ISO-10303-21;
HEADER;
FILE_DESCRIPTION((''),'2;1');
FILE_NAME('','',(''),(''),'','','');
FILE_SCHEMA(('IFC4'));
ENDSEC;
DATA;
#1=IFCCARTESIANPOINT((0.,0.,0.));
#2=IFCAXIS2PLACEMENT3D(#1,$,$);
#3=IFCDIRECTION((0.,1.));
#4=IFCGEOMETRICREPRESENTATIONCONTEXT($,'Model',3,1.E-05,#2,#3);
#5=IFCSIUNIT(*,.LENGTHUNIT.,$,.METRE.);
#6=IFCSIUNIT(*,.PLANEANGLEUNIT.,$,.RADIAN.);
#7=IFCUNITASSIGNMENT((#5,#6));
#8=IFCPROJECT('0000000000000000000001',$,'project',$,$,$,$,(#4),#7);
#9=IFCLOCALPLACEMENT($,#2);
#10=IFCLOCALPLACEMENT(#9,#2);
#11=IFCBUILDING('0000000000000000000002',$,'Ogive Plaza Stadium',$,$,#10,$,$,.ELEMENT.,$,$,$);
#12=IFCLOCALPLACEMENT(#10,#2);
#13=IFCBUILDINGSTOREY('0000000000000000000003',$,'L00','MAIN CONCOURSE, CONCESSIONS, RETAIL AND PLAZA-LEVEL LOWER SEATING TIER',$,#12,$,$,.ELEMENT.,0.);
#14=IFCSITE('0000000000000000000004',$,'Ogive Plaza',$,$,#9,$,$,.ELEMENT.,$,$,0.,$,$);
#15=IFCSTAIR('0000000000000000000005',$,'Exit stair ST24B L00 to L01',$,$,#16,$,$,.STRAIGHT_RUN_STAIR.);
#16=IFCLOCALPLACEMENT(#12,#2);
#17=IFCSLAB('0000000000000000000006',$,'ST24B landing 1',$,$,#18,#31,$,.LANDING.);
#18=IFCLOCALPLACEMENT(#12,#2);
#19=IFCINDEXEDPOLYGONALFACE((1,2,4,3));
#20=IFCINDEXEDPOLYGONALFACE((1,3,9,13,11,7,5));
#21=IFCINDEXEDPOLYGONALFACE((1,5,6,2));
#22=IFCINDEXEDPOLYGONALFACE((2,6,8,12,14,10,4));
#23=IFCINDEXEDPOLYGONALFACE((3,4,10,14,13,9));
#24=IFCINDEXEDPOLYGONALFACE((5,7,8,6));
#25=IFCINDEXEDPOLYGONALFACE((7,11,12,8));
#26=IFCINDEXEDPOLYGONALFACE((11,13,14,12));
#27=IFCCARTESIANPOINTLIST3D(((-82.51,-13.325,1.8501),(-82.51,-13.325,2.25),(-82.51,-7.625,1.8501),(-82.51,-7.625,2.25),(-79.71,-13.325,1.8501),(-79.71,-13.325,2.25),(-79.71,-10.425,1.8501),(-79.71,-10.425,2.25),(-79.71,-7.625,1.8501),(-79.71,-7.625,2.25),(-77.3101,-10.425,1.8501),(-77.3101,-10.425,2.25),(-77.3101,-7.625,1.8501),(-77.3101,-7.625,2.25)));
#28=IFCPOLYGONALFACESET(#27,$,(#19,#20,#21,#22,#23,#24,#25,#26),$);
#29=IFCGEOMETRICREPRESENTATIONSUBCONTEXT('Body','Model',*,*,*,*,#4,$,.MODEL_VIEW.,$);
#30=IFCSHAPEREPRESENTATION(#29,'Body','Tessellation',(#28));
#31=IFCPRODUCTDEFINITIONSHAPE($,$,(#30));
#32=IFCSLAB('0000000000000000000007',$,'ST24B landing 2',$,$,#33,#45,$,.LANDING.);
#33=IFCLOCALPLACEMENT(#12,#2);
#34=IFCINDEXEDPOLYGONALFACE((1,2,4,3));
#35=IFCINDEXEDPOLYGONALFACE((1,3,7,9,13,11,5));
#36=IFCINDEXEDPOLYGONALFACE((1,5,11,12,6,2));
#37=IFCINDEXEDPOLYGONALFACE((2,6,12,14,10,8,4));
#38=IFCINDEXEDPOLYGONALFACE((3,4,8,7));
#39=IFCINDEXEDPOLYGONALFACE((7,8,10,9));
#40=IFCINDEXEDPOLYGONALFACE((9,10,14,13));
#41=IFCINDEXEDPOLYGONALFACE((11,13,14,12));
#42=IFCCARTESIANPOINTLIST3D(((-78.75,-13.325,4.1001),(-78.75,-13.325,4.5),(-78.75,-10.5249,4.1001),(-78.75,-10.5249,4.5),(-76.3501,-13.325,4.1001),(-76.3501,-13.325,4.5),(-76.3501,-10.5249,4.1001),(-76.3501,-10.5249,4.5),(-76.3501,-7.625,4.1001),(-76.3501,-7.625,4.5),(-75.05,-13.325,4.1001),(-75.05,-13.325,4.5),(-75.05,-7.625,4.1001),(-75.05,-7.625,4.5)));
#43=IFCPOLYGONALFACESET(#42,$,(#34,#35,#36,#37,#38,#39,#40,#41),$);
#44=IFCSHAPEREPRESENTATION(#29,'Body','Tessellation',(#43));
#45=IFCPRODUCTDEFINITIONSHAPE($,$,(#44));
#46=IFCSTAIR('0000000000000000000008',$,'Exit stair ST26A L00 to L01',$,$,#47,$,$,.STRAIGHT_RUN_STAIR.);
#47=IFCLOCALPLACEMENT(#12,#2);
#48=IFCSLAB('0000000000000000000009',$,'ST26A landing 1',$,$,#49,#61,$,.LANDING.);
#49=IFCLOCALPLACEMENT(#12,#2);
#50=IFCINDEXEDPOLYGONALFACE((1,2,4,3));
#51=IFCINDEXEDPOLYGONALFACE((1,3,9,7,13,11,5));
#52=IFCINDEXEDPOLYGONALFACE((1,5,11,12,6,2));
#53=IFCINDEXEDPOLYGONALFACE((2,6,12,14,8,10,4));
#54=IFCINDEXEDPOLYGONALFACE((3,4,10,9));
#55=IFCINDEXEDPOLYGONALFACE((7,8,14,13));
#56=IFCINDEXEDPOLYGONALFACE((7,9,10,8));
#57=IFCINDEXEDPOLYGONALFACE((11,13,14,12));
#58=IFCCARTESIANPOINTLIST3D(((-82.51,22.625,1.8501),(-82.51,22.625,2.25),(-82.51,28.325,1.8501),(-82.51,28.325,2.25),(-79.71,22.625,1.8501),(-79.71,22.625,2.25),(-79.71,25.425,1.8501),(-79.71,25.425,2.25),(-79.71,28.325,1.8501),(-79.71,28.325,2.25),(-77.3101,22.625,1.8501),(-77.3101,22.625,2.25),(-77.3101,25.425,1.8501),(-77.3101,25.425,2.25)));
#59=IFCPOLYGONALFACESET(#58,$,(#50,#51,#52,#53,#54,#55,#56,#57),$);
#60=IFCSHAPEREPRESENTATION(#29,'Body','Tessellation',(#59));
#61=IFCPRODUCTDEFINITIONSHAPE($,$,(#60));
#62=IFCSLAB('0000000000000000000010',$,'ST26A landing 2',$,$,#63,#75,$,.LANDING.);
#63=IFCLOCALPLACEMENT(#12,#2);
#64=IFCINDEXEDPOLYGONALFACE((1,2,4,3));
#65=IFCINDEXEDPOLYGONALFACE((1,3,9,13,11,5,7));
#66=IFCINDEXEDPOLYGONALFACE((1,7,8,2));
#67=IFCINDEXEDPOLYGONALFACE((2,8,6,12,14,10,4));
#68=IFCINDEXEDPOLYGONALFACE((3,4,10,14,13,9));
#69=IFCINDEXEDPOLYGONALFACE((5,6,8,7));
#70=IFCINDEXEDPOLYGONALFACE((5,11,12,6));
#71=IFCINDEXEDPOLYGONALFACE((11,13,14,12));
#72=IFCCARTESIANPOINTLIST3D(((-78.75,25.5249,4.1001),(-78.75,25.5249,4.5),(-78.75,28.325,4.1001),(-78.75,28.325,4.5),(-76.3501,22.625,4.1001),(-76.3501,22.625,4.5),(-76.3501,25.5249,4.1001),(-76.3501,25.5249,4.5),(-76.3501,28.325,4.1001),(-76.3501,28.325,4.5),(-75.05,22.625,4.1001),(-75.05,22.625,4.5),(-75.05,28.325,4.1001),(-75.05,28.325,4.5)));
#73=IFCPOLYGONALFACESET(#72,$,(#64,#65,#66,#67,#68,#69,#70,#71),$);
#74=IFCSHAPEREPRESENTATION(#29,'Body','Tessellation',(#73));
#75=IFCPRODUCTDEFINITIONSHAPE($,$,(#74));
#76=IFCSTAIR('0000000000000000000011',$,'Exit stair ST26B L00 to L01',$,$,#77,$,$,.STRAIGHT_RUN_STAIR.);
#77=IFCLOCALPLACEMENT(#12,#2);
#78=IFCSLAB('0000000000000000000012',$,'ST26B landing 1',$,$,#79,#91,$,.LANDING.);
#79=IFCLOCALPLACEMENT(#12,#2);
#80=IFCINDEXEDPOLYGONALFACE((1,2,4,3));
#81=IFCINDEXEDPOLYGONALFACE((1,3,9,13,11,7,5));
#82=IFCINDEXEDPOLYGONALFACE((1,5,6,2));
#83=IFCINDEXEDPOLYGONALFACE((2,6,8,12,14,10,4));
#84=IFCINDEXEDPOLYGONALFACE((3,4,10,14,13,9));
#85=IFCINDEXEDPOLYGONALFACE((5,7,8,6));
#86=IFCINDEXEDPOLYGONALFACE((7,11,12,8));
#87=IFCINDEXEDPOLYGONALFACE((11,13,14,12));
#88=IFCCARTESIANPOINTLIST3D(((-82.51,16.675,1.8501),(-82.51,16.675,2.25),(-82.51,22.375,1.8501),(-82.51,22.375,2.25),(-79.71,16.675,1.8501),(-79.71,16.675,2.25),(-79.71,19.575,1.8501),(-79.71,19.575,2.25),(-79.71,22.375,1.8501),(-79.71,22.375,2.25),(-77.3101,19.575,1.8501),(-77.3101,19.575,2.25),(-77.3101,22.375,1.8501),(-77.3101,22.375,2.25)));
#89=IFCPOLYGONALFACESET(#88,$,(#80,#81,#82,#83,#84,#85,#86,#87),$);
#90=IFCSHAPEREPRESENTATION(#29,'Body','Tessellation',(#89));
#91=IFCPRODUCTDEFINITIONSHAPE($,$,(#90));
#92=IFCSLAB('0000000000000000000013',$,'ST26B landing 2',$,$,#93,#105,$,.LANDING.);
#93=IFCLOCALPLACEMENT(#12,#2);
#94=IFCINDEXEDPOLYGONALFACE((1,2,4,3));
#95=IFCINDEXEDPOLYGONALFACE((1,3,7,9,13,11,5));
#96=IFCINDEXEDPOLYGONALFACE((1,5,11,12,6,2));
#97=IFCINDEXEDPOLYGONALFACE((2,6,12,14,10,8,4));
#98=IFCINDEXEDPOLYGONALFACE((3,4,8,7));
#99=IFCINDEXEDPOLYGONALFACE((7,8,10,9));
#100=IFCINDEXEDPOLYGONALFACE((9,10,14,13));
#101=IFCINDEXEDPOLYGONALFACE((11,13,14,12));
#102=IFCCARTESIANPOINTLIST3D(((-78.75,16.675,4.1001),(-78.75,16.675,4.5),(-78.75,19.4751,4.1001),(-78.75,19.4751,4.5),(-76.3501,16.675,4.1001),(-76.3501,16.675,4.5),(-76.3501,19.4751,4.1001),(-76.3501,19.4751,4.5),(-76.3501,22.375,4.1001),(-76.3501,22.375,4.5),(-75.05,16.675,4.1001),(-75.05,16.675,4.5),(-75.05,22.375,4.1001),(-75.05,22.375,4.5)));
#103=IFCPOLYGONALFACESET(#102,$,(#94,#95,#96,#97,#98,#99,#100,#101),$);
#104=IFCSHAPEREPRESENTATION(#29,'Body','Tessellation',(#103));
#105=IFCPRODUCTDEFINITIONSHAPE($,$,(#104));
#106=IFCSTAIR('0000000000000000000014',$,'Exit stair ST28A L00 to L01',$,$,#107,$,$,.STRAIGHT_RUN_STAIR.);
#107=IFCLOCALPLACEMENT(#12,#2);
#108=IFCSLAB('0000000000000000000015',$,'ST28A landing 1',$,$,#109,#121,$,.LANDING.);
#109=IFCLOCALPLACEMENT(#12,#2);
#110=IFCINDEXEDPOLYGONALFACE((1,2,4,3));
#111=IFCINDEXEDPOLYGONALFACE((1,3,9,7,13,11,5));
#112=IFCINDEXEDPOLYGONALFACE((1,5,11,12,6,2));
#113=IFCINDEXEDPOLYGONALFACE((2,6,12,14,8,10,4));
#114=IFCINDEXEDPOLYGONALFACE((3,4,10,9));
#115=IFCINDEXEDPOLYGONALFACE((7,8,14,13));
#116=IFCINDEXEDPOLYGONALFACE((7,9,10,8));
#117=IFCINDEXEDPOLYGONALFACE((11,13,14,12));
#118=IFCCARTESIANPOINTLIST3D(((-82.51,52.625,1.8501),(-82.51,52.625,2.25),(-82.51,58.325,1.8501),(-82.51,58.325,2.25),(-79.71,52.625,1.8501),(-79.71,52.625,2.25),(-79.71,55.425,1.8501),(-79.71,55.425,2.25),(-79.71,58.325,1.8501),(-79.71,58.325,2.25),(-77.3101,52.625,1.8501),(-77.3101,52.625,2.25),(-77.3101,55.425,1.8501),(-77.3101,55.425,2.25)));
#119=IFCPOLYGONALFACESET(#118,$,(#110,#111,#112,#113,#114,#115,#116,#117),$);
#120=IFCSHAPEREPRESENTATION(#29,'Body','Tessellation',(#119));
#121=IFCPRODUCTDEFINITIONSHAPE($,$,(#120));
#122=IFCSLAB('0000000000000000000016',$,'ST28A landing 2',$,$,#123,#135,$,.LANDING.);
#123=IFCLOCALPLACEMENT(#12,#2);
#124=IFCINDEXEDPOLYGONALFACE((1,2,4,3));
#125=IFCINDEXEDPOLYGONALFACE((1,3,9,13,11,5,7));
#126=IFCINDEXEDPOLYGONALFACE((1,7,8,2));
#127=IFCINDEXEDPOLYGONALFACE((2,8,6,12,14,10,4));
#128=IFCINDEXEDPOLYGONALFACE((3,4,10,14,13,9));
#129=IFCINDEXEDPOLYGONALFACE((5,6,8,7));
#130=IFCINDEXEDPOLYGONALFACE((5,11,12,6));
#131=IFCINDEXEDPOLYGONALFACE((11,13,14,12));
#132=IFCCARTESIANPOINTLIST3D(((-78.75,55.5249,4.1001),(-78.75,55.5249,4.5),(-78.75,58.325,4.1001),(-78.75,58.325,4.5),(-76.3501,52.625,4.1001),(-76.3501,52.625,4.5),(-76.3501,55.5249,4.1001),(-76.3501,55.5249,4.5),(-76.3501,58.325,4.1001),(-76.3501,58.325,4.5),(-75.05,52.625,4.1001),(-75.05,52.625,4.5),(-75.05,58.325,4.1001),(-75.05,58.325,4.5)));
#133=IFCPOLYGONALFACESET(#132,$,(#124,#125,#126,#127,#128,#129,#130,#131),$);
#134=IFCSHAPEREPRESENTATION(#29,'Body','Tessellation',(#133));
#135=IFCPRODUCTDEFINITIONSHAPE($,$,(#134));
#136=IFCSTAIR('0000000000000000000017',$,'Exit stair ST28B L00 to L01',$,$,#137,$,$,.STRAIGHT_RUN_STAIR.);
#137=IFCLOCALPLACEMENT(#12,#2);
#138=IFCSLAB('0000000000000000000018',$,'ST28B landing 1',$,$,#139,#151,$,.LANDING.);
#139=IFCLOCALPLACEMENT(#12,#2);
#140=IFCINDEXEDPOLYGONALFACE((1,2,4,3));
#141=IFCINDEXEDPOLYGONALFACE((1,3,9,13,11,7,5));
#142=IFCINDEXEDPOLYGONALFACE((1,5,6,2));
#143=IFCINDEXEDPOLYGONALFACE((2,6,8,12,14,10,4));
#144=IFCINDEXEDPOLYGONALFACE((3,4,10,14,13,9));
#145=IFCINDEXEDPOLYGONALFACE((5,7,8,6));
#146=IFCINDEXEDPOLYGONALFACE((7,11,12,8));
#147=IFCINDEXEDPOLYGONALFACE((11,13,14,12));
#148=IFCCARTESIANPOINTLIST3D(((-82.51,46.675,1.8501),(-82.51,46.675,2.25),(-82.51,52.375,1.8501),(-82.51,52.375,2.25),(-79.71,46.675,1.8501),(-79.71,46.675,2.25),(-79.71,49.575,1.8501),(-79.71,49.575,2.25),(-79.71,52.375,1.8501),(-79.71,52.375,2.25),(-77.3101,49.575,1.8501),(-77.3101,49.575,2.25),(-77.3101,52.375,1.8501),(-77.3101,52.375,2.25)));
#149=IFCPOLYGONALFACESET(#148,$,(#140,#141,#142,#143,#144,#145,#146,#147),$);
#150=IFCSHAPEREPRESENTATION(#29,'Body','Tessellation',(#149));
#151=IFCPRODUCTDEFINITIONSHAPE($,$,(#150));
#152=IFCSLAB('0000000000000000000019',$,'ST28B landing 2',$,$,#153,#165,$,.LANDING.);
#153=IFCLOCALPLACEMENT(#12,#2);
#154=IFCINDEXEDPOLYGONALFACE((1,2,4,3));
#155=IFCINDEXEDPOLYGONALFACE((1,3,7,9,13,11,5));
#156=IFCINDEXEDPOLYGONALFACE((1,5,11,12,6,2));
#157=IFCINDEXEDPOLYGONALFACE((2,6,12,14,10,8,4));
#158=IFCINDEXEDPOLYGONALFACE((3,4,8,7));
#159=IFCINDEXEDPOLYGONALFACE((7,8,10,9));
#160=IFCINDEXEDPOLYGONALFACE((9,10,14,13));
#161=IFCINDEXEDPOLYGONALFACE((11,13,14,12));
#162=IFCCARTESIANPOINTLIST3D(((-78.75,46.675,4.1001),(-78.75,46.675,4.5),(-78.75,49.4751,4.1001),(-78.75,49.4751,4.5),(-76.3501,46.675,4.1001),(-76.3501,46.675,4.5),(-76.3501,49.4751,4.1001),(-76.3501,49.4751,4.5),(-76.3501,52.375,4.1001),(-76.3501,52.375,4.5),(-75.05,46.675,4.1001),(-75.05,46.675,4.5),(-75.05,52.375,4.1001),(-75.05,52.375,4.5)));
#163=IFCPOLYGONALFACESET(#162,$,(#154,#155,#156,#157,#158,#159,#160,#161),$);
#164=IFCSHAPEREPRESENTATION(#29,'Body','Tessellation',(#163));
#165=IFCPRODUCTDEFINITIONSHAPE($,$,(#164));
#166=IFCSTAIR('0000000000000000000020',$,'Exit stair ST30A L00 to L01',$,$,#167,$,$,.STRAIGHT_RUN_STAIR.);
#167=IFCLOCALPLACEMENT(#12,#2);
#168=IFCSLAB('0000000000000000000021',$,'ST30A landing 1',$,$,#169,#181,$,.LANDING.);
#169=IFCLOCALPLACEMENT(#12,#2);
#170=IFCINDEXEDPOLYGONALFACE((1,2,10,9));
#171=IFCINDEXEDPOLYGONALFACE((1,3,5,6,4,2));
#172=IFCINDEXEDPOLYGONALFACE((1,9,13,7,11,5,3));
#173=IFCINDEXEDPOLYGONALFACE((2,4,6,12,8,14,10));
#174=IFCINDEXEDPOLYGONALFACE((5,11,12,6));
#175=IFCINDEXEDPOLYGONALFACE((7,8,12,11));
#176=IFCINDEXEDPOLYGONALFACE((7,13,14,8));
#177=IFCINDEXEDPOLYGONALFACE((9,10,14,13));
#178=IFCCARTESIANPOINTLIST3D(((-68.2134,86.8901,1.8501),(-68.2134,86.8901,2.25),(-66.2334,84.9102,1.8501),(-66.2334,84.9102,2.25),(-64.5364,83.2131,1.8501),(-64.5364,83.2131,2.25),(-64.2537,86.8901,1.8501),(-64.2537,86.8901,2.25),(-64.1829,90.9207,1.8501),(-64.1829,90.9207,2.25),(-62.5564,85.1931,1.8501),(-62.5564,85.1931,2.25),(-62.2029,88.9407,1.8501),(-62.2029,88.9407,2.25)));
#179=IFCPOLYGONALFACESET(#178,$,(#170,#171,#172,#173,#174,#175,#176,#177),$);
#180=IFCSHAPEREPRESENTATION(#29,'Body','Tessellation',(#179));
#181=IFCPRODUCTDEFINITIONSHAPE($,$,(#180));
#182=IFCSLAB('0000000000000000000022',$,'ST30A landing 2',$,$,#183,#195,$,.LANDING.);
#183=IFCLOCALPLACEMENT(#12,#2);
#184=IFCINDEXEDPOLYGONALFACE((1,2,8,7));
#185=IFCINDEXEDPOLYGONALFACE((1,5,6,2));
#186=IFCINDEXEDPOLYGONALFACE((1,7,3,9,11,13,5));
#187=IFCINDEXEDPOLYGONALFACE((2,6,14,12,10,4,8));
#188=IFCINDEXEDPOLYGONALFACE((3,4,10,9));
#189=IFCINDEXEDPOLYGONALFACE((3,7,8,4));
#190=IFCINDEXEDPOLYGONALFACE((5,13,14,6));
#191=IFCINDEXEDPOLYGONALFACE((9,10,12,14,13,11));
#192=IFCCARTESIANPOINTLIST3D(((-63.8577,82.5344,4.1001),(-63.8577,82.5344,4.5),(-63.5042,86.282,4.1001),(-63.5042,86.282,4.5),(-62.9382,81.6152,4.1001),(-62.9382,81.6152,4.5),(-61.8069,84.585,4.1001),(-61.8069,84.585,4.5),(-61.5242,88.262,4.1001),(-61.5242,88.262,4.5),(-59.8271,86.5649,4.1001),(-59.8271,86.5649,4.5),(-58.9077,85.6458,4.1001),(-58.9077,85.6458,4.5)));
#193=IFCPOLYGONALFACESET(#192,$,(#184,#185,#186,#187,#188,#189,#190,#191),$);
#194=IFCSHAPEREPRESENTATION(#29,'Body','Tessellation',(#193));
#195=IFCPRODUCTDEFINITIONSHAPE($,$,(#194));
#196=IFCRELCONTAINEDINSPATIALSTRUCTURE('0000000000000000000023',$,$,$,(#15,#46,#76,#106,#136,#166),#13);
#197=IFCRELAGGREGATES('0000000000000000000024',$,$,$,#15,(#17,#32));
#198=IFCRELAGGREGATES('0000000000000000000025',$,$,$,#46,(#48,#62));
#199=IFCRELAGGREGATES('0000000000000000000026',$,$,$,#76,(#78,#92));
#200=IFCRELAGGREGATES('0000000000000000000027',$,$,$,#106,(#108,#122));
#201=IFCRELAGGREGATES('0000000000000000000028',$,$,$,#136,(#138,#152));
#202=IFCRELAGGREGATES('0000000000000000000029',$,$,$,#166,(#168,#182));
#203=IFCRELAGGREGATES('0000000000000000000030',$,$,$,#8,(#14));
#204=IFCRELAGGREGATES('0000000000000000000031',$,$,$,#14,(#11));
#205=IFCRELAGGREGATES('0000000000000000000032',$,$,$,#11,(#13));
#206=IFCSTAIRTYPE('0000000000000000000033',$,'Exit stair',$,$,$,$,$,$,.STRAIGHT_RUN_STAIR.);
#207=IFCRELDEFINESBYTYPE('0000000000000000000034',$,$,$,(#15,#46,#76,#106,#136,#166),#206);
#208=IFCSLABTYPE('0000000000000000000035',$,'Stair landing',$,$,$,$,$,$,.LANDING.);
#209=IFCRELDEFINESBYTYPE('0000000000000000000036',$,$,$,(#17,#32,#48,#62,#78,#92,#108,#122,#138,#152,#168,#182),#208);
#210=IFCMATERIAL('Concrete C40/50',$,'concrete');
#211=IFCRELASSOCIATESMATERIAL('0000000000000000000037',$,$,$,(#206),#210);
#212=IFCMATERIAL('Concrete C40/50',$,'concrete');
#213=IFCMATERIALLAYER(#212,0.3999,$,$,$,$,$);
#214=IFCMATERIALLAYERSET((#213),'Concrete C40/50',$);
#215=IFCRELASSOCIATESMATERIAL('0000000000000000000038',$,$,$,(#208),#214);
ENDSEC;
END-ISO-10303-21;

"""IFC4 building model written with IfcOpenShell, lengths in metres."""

from ifc_helpers import new_model, si_unit, direction, frame, origin, place, context, subcontext, project, spatial, polyline, outline, extrude, material, layer, layer_set, type_object, element, aggregate, save


model = new_model("IFC4")

# Units and contexts
model_context = context("Model", 3, precision=1e-05, world=origin(), true_north=direction((0.0, 1.0)))
body_context = subcontext(model_context, "Body", "Model", "MODEL_VIEW")
ifc_project = project(units=[si_unit("LENGTHUNIT", "METRE"), si_unit("PLANEANGLEUNIT", "RADIAN")], contexts=[model_context])

# Site, building, storey
site_placement = place(None, origin())
site = spatial("IfcSite", under=ifc_project, at=site_placement, Name="Ogive Plaza", CompositionType="ELEMENT", RefElevation=0.0)
building_placement = place(site_placement, origin())
building = spatial("IfcBuilding", under=site, at=building_placement, Name="Ogive Plaza Stadium", CompositionType="ELEMENT")
storey_placement = place(building_placement, origin())
storey = spatial("IfcBuildingStorey", under=building, at=storey_placement, Name="L00", Description="MAIN CONCOURSE, CONCESSIONS, RETAIL AND PLAZA-LEVEL LOWER SEATING TIER", CompositionType="ELEMENT", Elevation=0.0)

# Stairs, slabs
ifc_material_1 = material(Name="Concrete C40/50", Category="concrete")
stair_type = type_object("IfcStairType", Name="Exit stair", PredefinedType="STRAIGHT_RUN_STAIR", material=ifc_material_1)
ifc_material_2 = material(Name="Concrete C40/50", Category="concrete")
ifc_layer = layer(ifc_material_2, 0.3999)
ifc_layer_set = layer_set([ifc_layer], Name="Concrete C40/50")
slab_type = type_object("IfcSlabType", Name="Stair landing", PredefinedType="LANDING", material=ifc_layer_set)
stair_1_placement = place(storey_placement, origin())
stair_1 = element("IfcStair", 1, at=stair_1_placement, inside=storey, type_object=stair_type, Name="Exit stair ST24B L00 to L01", PredefinedType="STRAIGHT_RUN_STAIR")
slab_1_placement = place(storey_placement, frame((0.0, 0.0, 1.8501)))
slab_1 = element("IfcSlab", 2, at=slab_1_placement, type_object=slab_type, Name="ST24B landing 1", PredefinedType="LANDING", context=body_context, shape_type="SweptSolid", body=[
    extrude(outline(polyline([(-77.3101, -7.625), (-77.3101, -10.425), (-79.71, -10.425), (-79.71, -13.325), (-82.51, -13.325), (-82.51, -7.625), (-79.71, -7.625), (-77.3101, -7.625)])), origin(), (0.0, 0.0, 1.0), 0.3999),
])
slab_2_placement = place(storey_placement, frame((0.0, 0.0, 4.1001)))
slab_2 = element("IfcSlab", 3, at=slab_2_placement, type_object=slab_type, Name="ST24B landing 2", PredefinedType="LANDING", context=body_context, shape_type="SweptSolid", body=[
    extrude(outline(polyline([(-76.3501, -7.625), (-75.05, -7.625), (-75.05, -13.325), (-76.3501, -13.325), (-78.75, -13.325), (-78.75, -10.5249), (-76.3501, -10.5249), (-76.3501, -7.625)])), origin(), (0.0, 0.0, 1.0), 0.3999),
])
aggregate(stair_1, [slab_1, slab_2])
stair_2_placement = place(storey_placement, origin())
stair_2 = element("IfcStair", 4, at=stair_2_placement, inside=storey, type_object=stair_type, Name="Exit stair ST26A L00 to L01", PredefinedType="STRAIGHT_RUN_STAIR")
slab_3_placement = place(storey_placement, frame((0.0, 0.0, 1.8501)))
slab_3 = element("IfcSlab", 5, at=slab_3_placement, type_object=slab_type, Name="ST26A landing 1", PredefinedType="LANDING", context=body_context, shape_type="SweptSolid", body=[
    extrude(outline(polyline([(-82.51, 22.625), (-82.51, 28.325), (-79.71, 28.325), (-79.71, 25.425), (-77.3101, 25.425), (-77.3101, 22.625), (-79.71, 22.625), (-82.51, 22.625)])), origin(), (0.0, 0.0, 1.0), 0.3999),
])
slab_4_placement = place(storey_placement, frame((0.0, 0.0, 4.1001)))
slab_4 = element("IfcSlab", 6, at=slab_4_placement, type_object=slab_type, Name="ST26A landing 2", PredefinedType="LANDING", context=body_context, shape_type="SweptSolid", body=[
    extrude(outline(polyline([(-78.75, 25.5249), (-78.75, 28.325), (-76.3501, 28.325), (-75.05, 28.325), (-75.05, 22.625), (-76.3501, 22.625), (-76.3501, 25.5249), (-78.75, 25.5249)])), origin(), (0.0, 0.0, 1.0), 0.3999),
])
aggregate(stair_2, [slab_3, slab_4])
stair_3_placement = place(storey_placement, origin())
stair_3 = element("IfcStair", 7, at=stair_3_placement, inside=storey, type_object=stair_type, Name="Exit stair ST26B L00 to L01", PredefinedType="STRAIGHT_RUN_STAIR")
slab_5_placement = place(storey_placement, frame((0.0, 0.0, 1.8501)))
slab_5 = element("IfcSlab", 8, at=slab_5_placement, type_object=slab_type, Name="ST26B landing 1", PredefinedType="LANDING", context=body_context, shape_type="SweptSolid", body=[
    extrude(outline(polyline([(-77.3101, 22.375), (-77.3101, 19.575), (-79.71, 19.575), (-79.71, 16.675), (-82.51, 16.675), (-82.51, 22.375), (-79.71, 22.375), (-77.3101, 22.375)])), origin(), (0.0, 0.0, 1.0), 0.3999),
])
slab_6_placement = place(storey_placement, frame((0.0, 0.0, 4.1001)))
slab_6 = element("IfcSlab", 9, at=slab_6_placement, type_object=slab_type, Name="ST26B landing 2", PredefinedType="LANDING", context=body_context, shape_type="SweptSolid", body=[
    extrude(outline(polyline([(-76.3501, 22.375), (-75.05, 22.375), (-75.05, 16.675), (-76.3501, 16.675), (-78.75, 16.675), (-78.75, 19.4751), (-76.3501, 19.4751), (-76.3501, 22.375)])), origin(), (0.0, 0.0, 1.0), 0.3999),
])
aggregate(stair_3, [slab_5, slab_6])
stair_4_placement = place(storey_placement, origin())
stair_4 = element("IfcStair", 10, at=stair_4_placement, inside=storey, type_object=stair_type, Name="Exit stair ST28A L00 to L01", PredefinedType="STRAIGHT_RUN_STAIR")
slab_7_placement = place(storey_placement, frame((0.0, 0.0, 1.8501)))
slab_7 = element("IfcSlab", 11, at=slab_7_placement, type_object=slab_type, Name="ST28A landing 1", PredefinedType="LANDING", context=body_context, shape_type="SweptSolid", body=[
    extrude(outline(polyline([(-82.51, 52.625), (-82.51, 58.325), (-79.71, 58.325), (-79.71, 55.425), (-77.3101, 55.425), (-77.3101, 52.625), (-79.71, 52.625), (-82.51, 52.625)])), origin(), (0.0, 0.0, 1.0), 0.3999),
])
slab_8_placement = place(storey_placement, frame((0.0, 0.0, 4.1001)))
slab_8 = element("IfcSlab", 12, at=slab_8_placement, type_object=slab_type, Name="ST28A landing 2", PredefinedType="LANDING", context=body_context, shape_type="SweptSolid", body=[
    extrude(outline(polyline([(-78.75, 55.5249), (-78.75, 58.325), (-76.3501, 58.325), (-75.05, 58.325), (-75.05, 52.625), (-76.3501, 52.625), (-76.3501, 55.5249), (-78.75, 55.5249)])), origin(), (0.0, 0.0, 1.0), 0.3999),
])
aggregate(stair_4, [slab_7, slab_8])
stair_5_placement = place(storey_placement, origin())
stair_5 = element("IfcStair", 13, at=stair_5_placement, inside=storey, type_object=stair_type, Name="Exit stair ST28B L00 to L01", PredefinedType="STRAIGHT_RUN_STAIR")
slab_9_placement = place(storey_placement, frame((0.0, 0.0, 1.8501)))
slab_9 = element("IfcSlab", 14, at=slab_9_placement, type_object=slab_type, Name="ST28B landing 1", PredefinedType="LANDING", context=body_context, shape_type="SweptSolid", body=[
    extrude(outline(polyline([(-77.3101, 52.375), (-77.3101, 49.575), (-79.71, 49.575), (-79.71, 46.675), (-82.51, 46.675), (-82.51, 52.375), (-79.71, 52.375), (-77.3101, 52.375)])), origin(), (0.0, 0.0, 1.0), 0.3999),
])
slab_10_placement = place(storey_placement, frame((0.0, 0.0, 4.1001)))
slab_10 = element("IfcSlab", 15, at=slab_10_placement, type_object=slab_type, Name="ST28B landing 2", PredefinedType="LANDING", context=body_context, shape_type="SweptSolid", body=[
    extrude(outline(polyline([(-76.3501, 52.375), (-75.05, 52.375), (-75.05, 46.675), (-76.3501, 46.675), (-78.75, 46.675), (-78.75, 49.4751), (-76.3501, 49.4751), (-76.3501, 52.375)])), origin(), (0.0, 0.0, 1.0), 0.3999),
])
aggregate(stair_5, [slab_9, slab_10])
stair_6_placement = place(storey_placement, origin())
stair_6 = element("IfcStair", 16, at=stair_6_placement, inside=storey, type_object=stair_type, Name="Exit stair ST30A L00 to L01", PredefinedType="STRAIGHT_RUN_STAIR")
slab_11_placement = place(storey_placement, frame((0.0, 0.0, 1.8501)))
slab_11 = element("IfcSlab", 17, at=slab_11_placement, type_object=slab_type, Name="ST30A landing 1", PredefinedType="LANDING", context=body_context, shape_type="SweptSolid", body=[
    extrude(outline(polyline([(-68.2134, 86.8901), (-64.1829, 90.9207), (-62.2029, 88.9407), (-64.2537, 86.8901), (-62.5564, 85.1931), (-64.5364, 83.2131), (-66.2334, 84.9102), (-68.2134, 86.8901)])), origin(), (0.0, 0.0, 1.0), 0.3999),
])
slab_12_placement = place(storey_placement, frame((0.0, 0.0, 4.1001)))
slab_12 = element("IfcSlab", 18, at=slab_12_placement, type_object=slab_type, Name="ST30A landing 2", PredefinedType="LANDING", context=body_context, shape_type="SweptSolid", body=[
    extrude(outline(polyline([(-63.5042, 86.282), (-61.5242, 88.262), (-59.8271, 86.5649), (-58.9077, 85.6458), (-62.9382, 81.6152), (-63.8577, 82.5344), (-61.8069, 84.585), (-63.5042, 86.282)])), origin(), (0.0, 0.0, 1.0), 0.3999),
])
aggregate(stair_6, [slab_11, slab_12])

save(model, "model.ifc")
